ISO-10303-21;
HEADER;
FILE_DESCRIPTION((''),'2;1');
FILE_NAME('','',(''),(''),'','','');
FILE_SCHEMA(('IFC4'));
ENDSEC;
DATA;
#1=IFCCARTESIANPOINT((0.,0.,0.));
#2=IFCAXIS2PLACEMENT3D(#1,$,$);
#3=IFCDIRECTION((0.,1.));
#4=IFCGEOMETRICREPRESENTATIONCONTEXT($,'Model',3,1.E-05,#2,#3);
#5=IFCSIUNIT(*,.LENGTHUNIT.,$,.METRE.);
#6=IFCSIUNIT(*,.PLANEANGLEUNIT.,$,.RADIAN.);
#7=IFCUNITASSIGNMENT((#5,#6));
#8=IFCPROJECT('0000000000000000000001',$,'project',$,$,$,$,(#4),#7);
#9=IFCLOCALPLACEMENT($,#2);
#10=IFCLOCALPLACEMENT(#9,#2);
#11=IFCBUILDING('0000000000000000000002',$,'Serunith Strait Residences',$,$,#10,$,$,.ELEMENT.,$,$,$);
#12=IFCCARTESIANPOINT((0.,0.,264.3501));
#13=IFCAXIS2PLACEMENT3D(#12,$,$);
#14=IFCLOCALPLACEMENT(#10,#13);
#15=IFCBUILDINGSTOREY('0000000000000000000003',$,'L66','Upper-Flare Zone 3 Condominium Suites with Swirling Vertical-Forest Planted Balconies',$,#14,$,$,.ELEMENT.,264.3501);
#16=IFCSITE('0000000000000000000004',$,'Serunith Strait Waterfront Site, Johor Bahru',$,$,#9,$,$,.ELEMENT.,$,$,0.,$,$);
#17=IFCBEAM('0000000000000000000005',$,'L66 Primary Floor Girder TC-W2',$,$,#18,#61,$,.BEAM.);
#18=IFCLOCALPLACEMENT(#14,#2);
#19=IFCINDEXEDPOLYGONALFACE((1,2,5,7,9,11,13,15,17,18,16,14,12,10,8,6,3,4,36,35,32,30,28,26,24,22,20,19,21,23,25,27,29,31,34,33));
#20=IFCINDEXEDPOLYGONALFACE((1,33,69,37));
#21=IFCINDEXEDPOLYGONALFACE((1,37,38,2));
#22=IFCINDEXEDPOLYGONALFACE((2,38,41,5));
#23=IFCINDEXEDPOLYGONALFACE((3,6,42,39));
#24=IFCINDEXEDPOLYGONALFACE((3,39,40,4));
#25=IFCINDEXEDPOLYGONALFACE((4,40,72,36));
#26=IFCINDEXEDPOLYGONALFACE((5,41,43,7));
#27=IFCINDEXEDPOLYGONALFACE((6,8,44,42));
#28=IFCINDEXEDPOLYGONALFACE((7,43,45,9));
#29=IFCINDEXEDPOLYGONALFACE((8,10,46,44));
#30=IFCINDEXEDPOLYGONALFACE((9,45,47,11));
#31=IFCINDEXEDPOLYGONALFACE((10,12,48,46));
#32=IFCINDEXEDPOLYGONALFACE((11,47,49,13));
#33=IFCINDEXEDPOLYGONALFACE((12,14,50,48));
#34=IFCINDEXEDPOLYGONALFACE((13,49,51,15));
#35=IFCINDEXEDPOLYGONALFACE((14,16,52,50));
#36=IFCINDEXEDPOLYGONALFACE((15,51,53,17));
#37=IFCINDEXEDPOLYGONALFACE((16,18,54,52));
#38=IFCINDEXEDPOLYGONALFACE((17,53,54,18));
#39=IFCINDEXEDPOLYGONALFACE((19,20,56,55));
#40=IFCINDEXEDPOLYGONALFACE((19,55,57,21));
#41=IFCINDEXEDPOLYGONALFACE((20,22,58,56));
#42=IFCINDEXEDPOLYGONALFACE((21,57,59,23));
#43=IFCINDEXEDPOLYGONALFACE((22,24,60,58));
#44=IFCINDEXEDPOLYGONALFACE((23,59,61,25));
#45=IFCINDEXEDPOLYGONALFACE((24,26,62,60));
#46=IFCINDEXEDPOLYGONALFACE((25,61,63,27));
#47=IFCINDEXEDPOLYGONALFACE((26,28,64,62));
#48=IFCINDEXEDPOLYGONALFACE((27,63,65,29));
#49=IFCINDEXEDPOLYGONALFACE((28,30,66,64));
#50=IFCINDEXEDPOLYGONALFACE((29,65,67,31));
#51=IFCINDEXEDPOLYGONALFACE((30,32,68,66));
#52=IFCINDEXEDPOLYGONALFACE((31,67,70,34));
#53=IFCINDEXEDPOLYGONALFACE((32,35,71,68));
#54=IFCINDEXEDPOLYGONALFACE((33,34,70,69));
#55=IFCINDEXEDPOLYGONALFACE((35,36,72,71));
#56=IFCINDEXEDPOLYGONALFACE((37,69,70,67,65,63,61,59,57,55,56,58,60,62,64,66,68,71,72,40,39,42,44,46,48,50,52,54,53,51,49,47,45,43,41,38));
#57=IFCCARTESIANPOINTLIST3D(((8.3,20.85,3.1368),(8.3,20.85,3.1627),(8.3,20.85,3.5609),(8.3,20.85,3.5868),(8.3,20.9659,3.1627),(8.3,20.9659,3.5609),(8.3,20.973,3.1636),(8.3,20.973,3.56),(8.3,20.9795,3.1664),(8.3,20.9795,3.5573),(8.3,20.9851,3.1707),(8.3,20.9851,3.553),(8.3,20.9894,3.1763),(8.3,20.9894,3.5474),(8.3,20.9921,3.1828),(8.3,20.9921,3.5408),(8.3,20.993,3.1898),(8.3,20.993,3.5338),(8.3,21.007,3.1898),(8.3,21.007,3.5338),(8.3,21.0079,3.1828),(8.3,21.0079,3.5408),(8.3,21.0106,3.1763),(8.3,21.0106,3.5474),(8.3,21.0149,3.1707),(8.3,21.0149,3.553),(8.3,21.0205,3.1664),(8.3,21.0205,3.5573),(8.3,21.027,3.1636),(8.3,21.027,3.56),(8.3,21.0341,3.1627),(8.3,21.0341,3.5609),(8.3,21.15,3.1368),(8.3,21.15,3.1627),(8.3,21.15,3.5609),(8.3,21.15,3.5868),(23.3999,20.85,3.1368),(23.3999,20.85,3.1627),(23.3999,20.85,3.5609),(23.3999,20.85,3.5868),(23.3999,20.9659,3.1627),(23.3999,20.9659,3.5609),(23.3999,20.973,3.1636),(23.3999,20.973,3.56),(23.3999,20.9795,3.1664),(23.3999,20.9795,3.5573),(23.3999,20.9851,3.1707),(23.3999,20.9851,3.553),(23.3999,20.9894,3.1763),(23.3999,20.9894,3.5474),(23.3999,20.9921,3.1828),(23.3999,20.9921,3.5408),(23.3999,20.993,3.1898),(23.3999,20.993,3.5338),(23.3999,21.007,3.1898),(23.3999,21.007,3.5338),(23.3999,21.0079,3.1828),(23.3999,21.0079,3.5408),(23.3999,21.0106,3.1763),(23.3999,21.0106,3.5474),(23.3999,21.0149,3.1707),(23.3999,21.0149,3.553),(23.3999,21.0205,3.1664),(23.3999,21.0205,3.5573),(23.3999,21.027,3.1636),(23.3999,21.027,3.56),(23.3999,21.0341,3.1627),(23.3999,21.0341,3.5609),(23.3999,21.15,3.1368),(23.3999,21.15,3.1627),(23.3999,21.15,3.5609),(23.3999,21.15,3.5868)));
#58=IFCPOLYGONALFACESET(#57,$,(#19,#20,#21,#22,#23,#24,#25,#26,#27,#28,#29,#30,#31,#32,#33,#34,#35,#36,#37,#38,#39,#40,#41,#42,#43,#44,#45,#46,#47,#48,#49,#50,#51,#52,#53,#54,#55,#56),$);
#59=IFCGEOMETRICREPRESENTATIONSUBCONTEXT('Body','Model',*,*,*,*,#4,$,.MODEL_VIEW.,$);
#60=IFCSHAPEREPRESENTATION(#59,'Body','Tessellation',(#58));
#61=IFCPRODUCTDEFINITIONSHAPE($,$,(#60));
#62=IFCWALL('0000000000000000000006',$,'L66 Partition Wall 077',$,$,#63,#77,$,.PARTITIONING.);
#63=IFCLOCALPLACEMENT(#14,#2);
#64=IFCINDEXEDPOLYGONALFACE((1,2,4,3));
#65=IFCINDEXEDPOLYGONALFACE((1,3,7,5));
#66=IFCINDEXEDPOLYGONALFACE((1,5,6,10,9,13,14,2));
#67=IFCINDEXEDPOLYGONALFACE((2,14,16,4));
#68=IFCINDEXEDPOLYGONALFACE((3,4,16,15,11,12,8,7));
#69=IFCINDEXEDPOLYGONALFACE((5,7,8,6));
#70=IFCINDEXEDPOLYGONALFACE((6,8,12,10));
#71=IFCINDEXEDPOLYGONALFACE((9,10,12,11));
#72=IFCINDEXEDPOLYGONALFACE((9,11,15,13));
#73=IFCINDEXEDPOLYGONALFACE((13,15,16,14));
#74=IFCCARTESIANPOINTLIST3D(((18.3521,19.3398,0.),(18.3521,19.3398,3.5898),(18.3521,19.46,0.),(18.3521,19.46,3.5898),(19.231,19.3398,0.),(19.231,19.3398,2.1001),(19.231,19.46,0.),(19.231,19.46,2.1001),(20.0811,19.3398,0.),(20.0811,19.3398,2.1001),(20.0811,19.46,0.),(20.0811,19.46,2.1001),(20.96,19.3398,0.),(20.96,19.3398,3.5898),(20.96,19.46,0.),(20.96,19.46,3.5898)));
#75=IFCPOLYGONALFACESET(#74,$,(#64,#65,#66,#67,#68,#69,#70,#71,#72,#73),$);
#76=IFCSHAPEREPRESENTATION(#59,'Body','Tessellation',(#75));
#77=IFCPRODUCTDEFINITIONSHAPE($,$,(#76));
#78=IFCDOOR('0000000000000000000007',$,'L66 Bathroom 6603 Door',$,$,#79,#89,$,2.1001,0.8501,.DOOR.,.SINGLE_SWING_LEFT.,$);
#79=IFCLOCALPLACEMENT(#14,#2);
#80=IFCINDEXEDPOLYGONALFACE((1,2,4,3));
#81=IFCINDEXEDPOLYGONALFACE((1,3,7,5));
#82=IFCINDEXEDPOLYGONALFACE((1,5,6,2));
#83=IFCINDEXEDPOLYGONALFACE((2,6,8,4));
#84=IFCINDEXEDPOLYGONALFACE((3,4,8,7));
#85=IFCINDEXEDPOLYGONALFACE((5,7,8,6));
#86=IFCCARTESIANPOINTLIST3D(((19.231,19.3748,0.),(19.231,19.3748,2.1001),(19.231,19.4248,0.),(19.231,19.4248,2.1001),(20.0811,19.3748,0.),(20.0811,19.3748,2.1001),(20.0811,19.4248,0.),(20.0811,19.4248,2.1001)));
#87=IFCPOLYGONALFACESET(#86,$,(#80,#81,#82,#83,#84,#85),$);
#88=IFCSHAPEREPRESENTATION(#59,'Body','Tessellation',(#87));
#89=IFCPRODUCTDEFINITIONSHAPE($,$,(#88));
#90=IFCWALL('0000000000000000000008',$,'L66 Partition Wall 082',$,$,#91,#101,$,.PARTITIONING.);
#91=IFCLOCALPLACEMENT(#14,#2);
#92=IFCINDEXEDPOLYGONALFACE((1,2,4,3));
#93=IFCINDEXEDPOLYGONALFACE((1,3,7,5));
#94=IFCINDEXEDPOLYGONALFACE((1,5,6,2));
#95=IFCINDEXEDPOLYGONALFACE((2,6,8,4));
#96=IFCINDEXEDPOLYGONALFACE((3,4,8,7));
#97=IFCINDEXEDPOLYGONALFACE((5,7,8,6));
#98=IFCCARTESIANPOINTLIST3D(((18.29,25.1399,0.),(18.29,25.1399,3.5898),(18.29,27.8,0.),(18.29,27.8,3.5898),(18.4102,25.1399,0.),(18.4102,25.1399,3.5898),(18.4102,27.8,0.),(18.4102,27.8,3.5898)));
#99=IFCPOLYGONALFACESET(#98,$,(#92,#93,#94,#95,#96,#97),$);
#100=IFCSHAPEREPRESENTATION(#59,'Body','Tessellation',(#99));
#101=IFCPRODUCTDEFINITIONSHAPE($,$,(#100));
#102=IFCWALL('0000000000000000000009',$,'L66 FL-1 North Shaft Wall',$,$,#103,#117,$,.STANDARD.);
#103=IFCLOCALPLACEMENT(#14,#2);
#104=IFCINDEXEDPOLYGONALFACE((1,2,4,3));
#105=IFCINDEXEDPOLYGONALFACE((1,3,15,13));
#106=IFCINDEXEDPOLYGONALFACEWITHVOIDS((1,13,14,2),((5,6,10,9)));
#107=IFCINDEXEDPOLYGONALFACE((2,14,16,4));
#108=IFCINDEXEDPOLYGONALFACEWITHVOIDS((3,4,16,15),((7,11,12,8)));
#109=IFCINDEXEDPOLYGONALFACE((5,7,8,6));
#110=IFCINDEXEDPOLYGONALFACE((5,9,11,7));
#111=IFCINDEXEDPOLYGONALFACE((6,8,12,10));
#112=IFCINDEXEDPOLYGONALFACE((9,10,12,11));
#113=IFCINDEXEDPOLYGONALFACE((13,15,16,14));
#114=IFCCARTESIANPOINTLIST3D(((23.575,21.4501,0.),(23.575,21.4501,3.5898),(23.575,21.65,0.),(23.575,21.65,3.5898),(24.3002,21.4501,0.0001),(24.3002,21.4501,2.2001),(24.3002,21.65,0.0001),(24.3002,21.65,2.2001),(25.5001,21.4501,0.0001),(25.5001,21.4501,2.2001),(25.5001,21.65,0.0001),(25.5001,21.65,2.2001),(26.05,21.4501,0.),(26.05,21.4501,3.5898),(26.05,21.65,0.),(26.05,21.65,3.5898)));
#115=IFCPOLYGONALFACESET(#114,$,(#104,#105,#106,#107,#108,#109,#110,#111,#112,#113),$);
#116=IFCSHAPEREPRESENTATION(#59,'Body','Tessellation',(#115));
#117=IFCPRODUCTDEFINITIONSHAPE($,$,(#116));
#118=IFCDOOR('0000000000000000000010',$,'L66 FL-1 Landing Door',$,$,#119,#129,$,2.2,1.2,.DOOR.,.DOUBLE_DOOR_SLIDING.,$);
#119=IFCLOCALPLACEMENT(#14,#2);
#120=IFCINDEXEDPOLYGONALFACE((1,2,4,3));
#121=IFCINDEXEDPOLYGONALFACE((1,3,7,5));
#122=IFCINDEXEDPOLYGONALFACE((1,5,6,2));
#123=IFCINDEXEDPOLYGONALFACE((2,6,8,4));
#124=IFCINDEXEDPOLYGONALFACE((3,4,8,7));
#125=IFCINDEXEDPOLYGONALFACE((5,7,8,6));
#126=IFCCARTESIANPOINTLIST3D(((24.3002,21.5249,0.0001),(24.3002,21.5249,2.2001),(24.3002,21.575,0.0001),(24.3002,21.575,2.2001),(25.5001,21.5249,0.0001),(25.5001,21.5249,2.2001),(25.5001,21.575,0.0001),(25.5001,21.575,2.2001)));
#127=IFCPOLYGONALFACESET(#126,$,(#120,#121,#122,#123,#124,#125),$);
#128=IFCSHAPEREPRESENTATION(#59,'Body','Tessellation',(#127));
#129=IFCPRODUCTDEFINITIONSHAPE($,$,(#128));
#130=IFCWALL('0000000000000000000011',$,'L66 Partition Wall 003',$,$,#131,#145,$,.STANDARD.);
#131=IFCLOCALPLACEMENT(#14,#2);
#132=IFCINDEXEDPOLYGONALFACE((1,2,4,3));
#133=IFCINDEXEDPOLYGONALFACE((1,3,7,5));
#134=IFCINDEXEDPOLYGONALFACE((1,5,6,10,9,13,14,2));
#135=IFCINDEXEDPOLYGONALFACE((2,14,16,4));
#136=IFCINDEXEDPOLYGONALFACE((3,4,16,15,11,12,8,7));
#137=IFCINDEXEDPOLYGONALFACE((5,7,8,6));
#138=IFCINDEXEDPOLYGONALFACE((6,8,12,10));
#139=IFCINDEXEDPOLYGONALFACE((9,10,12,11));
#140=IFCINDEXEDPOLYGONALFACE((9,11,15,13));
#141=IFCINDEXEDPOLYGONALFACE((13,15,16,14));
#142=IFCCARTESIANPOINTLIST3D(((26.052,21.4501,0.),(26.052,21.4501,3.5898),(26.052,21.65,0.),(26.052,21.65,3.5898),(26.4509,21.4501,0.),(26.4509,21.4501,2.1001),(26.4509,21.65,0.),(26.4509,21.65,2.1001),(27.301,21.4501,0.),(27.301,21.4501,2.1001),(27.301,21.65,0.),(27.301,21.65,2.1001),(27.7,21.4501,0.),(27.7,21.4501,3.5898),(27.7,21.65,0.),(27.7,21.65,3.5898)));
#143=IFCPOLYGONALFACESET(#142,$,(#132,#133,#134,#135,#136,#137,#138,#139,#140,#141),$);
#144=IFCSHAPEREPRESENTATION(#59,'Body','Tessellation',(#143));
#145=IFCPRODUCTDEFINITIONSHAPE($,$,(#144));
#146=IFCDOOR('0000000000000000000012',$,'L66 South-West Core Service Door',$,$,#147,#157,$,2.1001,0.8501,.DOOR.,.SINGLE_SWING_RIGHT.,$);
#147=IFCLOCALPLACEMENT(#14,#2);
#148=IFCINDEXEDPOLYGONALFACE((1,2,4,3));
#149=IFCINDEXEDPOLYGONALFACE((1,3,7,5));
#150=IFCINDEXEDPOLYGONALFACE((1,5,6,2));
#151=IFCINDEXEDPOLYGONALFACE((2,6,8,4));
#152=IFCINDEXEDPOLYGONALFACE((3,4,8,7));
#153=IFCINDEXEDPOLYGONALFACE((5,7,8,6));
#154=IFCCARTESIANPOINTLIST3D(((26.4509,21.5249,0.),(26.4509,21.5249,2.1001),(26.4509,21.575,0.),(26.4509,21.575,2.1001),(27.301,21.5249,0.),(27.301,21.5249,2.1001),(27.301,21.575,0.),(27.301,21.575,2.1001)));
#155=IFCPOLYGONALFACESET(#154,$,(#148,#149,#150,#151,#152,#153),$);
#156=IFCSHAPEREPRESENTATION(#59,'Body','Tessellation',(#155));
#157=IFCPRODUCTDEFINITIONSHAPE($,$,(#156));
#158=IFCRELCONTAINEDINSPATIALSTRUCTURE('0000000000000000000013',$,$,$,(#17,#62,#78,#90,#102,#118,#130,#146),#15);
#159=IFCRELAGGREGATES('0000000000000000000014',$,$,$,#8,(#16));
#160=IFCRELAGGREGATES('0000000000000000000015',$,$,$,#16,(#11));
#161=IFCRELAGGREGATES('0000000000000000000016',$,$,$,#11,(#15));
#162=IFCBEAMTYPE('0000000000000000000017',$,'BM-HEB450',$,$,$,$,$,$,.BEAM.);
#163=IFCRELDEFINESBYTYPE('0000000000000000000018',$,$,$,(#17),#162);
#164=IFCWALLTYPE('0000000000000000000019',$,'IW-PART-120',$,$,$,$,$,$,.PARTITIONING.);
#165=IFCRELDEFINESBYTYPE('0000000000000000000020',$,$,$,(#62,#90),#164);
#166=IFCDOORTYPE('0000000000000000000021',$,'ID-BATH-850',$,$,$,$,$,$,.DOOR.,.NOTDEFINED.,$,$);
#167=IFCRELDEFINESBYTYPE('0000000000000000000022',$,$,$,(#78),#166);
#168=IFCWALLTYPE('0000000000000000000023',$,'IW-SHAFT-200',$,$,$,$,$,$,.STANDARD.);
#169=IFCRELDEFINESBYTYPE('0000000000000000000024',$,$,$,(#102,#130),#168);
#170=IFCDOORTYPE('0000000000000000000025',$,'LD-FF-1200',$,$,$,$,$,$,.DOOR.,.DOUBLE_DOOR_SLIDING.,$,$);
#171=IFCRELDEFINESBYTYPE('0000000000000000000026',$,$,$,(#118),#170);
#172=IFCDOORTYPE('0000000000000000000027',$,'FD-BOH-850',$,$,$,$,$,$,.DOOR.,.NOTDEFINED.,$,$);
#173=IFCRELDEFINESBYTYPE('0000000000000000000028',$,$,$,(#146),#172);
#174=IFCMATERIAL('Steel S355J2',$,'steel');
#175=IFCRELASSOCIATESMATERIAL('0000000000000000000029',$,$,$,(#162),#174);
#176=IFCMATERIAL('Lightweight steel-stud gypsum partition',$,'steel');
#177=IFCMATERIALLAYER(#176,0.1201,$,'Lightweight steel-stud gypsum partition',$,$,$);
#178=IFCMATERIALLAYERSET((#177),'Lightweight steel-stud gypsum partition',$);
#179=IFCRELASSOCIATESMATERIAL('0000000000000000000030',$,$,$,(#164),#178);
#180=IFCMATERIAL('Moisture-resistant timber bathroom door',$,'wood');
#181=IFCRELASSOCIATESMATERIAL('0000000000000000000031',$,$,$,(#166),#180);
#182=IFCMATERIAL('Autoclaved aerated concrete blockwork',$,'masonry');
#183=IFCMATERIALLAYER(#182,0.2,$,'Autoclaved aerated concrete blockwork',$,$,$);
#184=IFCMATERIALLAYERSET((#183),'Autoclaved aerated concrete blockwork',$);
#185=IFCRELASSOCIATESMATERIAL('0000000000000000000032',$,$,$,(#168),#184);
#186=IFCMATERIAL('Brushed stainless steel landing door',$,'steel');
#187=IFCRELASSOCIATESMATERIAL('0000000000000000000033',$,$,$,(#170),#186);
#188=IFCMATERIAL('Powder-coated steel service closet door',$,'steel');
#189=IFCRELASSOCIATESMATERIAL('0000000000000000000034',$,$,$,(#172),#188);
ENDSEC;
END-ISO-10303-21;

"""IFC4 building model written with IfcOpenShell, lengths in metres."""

from ifc_helpers import new_model, si_unit, direction, frame, frame_2d, origin, origin_2d, place, context, subcontext, project, spatial, rectangle, i_section, extrude, source, transform, mapped, material, layer, layer_set, material_profile, profile_set, type_object, element, fill, save


model = new_model("IFC4")

# Units and contexts
model_context = context("Model", 3, precision=1e-05, world=origin(), true_north=direction((0.0, 1.0)))
body_context = subcontext(model_context, "Body", "Model", "MODEL_VIEW")
ifc_project = project(units=[si_unit("LENGTHUNIT", "METRE"), si_unit("PLANEANGLEUNIT", "RADIAN")], contexts=[model_context])

# Site, building, storey
site_placement = place(None, origin())
site = spatial("IfcSite", under=ifc_project, at=site_placement, Name="Serunith Strait Waterfront Site, Johor Bahru", CompositionType="ELEMENT", RefElevation=0.0)
building_placement = place(site_placement, origin())
building = spatial("IfcBuilding", under=site, at=building_placement, Name="Serunith Strait Residences", CompositionType="ELEMENT")
storey_placement = place(building_placement, frame((0.0, 0.0, 264.3501)))
storey = spatial("IfcBuildingStorey", under=building, at=storey_placement, Name="L66", Description="Upper-Flare Zone 3 Condominium Suites with Swirling Vertical-Forest Planted Balconies", CompositionType="ELEMENT", Elevation=264.3501)

# Beam
ifc_material_1 = material(Name="Steel S355J2", Category="steel")
ifc_material_profile = material_profile(ifc_material_1, i_section(OverallWidth=0.3, OverallDepth=0.45, WebThickness=0.0139, FlangeThickness=0.0259, FilletRadius=0.0271, at=origin_2d()), Name="HEB 450")
ifc_profile_set = profile_set([ifc_material_profile], Name="Steel S355J2")
beam_type = type_object("IfcBeamType", Name="BM-HEB450", PredefinedType="BEAM", material=ifc_profile_set)
shared_shape_1 = source(origin(), body_context, "Body", "SweptSolid", [
    extrude(i_section(OverallWidth=0.3, OverallDepth=0.45, WebThickness=0.0139, FlangeThickness=0.0259, FilletRadius=0.0271, at=origin_2d()), origin(), (0.0, 0.0, 1.0), 15.0999),
])
beam_placement = place(storey_placement, frame((23.3999, 21.0, 3.3618), z_axis=(-1.0, 0.0, 0.0), x_axis=(0.0, -1.0, 0.0)))
element("IfcBeam", 1, at=beam_placement, inside=storey, type_object=beam_type, Name="L66 Primary Floor Girder TC-W2", PredefinedType="BEAM", context=body_context, shape_type="MappedRepresentation", body=[
    mapped(shared_shape_1, transform((0.0, 0.0, 0.0), scale=1.0)),
])

# Wall, opening, door
ifc_material_2 = material(Name="Lightweight steel-stud gypsum partition", Category="steel")
ifc_layer_1 = layer(ifc_material_2, 0.1201, Name="Lightweight steel-stud gypsum partition")
ifc_layer_set_1 = layer_set([ifc_layer_1], Name="Lightweight steel-stud gypsum partition")
wall_type_1 = type_object("IfcWallType", Name="IW-PART-120", PredefinedType="PARTITIONING", material=ifc_layer_set_1)
wall_1_placement = place(storey_placement, frame((18.3521, 19.3999, 0.0), z_axis=(0.0, 0.0, 1.0), x_axis=(1.0, 0.0, 0.0)))
wall_1 = element("IfcWall", 2, at=wall_1_placement, inside=storey, type_object=wall_type_1, Name="L66 Partition Wall 077", PredefinedType="PARTITIONING", context=body_context, shape_type="SweptSolid", body=[
    extrude(rectangle(XDim=2.6079, YDim=0.1201, at=frame_2d((1.304, 0.0))), origin(), (0.0, 0.0, 1.0), 3.5898),
])
opening_1_placement = place(wall_1_placement, frame((0.8789, 0.0, 0.0)))
opening_1 = element("IfcOpeningElement", 3, at=opening_1_placement, cuts=wall_1, PredefinedType="OPENING", context=body_context, shape_type="SweptSolid", body=[
    extrude(rectangle(XDim=0.8501, YDim=2.1001, at=frame_2d((0.425, 1.05))), frame((0.0, 0.0701, 0.0), z_axis=(0.0, -1.0, 0.0), x_axis=(1.0, 0.0, 0.0)), (0.0, 0.0, 1.0), 0.1401),
])
ifc_material_3 = material(Name="Moisture-resistant timber bathroom door", Category="wood")
door_type_1 = type_object("IfcDoorType", Name="ID-BATH-850", OperationType="NOTDEFINED", PredefinedType="DOOR", material=ifc_material_3)
shared_shape_2 = source(origin(), body_context, "Body", "SweptSolid", [
    extrude(rectangle(XDim=0.8501, YDim=2.1001, at=frame_2d((0.425, 1.05))), frame((0.0, 0.0249, 0.0), z_axis=(0.0, -1.0, 0.0), x_axis=(1.0, 0.0, 0.0)), (0.0, 0.0, 1.0), 0.05),
])
door_1_placement = place(opening_1_placement, origin())
door_1 = element("IfcDoor", 4, at=door_1_placement, inside=storey, type_object=door_type_1, Name="L66 Bathroom 6603 Door", OperationType="SINGLE_SWING_LEFT", OverallHeight=2.1001, OverallWidth=0.8501, PredefinedType="DOOR", context=body_context, shape_type="MappedRepresentation", body=[
    mapped(shared_shape_2, transform((0.0, 0.0, 0.0), scale=1.0)),
])
fill(opening_1, door_1)

# Wall
wall_2_placement = place(storey_placement, frame((18.3501, 25.1399, 0.0), z_axis=(0.0, 0.0, 1.0), x_axis=(0.0, 1.0, 0.0)))
element("IfcWall", 5, at=wall_2_placement, inside=storey, type_object=wall_type_1, Name="L66 Partition Wall 082", PredefinedType="PARTITIONING", context=body_context, shape_type="SweptSolid", body=[
    extrude(rectangle(XDim=2.6602, YDim=0.1201, at=frame_2d((1.3301, 0.0))), origin(), (0.0, 0.0, 1.0), 3.5898),
])

# Walls, openings, doors
ifc_material_4 = material(Name="Autoclaved aerated concrete blockwork", Category="masonry")
ifc_layer_2 = layer(ifc_material_4, 0.2, Name="Autoclaved aerated concrete blockwork")
ifc_layer_set_2 = layer_set([ifc_layer_2], Name="Autoclaved aerated concrete blockwork")
wall_type_2 = type_object("IfcWallType", Name="IW-SHAFT-200", PredefinedType="STANDARD", material=ifc_layer_set_2)
wall_3_placement = place(storey_placement, frame((23.575, 21.55, 0.0), z_axis=(0.0, 0.0, 1.0), x_axis=(1.0, 0.0, 0.0)))
wall_3 = element("IfcWall", 6, at=wall_3_placement, inside=storey, type_object=wall_type_2, Name="L66 FL-1 North Shaft Wall", PredefinedType="STANDARD", context=body_context, shape_type="SweptSolid", body=[
    extrude(rectangle(XDim=2.4751, YDim=0.2, at=frame_2d((1.2375, 0.0))), origin(), (0.0, 0.0, 1.0), 3.5898),
])
opening_2_placement = place(wall_3_placement, frame((0.7251, 0.0, 0.0)))
opening_2 = element("IfcOpeningElement", 7, at=opening_2_placement, cuts=wall_3, PredefinedType="OPENING", context=body_context, shape_type="SweptSolid", body=[
    extrude(rectangle(XDim=1.2, YDim=2.2, at=frame_2d((0.6001, 1.1001))), frame((0.0, 0.1099, 0.0), z_axis=(0.0, -1.0, 0.0), x_axis=(1.0, 0.0, 0.0)), (0.0, 0.0, 1.0), 0.22),
])
ifc_material_5 = material(Name="Brushed stainless steel landing door", Category="steel")
door_type_2 = type_object("IfcDoorType", Name="LD-FF-1200", OperationType="DOUBLE_DOOR_SLIDING", PredefinedType="DOOR", material=ifc_material_5)
shared_shape_3 = source(origin(), body_context, "Body", "SweptSolid", [
    extrude(rectangle(XDim=1.2, YDim=2.2, at=frame_2d((0.6001, 1.1001))), frame((0.0, 0.0249, 0.0), z_axis=(0.0, -1.0, 0.0), x_axis=(1.0, 0.0, 0.0)), (0.0, 0.0, 1.0), 0.05),
])
door_2_placement = place(opening_2_placement, origin())
door_2 = element("IfcDoor", 8, at=door_2_placement, inside=storey, type_object=door_type_2, Name="L66 FL-1 Landing Door", OperationType="DOUBLE_DOOR_SLIDING", OverallHeight=2.2, OverallWidth=1.2, PredefinedType="DOOR", context=body_context, shape_type="MappedRepresentation", body=[
    mapped(shared_shape_3, transform((0.0, 0.0, 0.0), scale=1.0)),
])
fill(opening_2, door_2)
wall_4_placement = place(storey_placement, frame((26.052, 21.55, 0.0), z_axis=(0.0, 0.0, 1.0), x_axis=(1.0, 0.0, 0.0)))
wall_4 = element("IfcWall", 9, at=wall_4_placement, inside=storey, type_object=wall_type_2, Name="L66 Partition Wall 003", PredefinedType="STANDARD", context=body_context, shape_type="SweptSolid", body=[
    extrude(rectangle(XDim=1.6479, YDim=0.2, at=frame_2d((0.824, 0.0))), origin(), (0.0, 0.0, 1.0), 3.5898),
])
opening_3_placement = place(wall_4_placement, frame((0.3989, 0.0, 0.0)))
opening_3 = element("IfcOpeningElement", 10, at=opening_3_placement, cuts=wall_4, PredefinedType="OPENING", context=body_context, shape_type="SweptSolid", body=[
    extrude(rectangle(XDim=0.8501, YDim=2.1001, at=frame_2d((0.425, 1.05))), frame((0.0, 0.1099, 0.0), z_axis=(0.0, -1.0, 0.0), x_axis=(1.0, 0.0, 0.0)), (0.0, 0.0, 1.0), 0.22),
])
ifc_material_6 = material(Name="Powder-coated steel service closet door", Category="steel")
door_type_3 = type_object("IfcDoorType", Name="FD-BOH-850", OperationType="NOTDEFINED", PredefinedType="DOOR", material=ifc_material_6)
door_3_placement = place(opening_3_placement, origin())
door_3 = element("IfcDoor", 11, at=door_3_placement, inside=storey, type_object=door_type_3, Name="L66 South-West Core Service Door", OperationType="SINGLE_SWING_RIGHT", OverallHeight=2.1001, OverallWidth=0.8501, PredefinedType="DOOR", context=body_context, shape_type="MappedRepresentation", body=[
    mapped(shared_shape_2, transform((0.0, 0.0, 0.0), scale=1.0)),
])
fill(opening_3, door_3)

save(model, "model.ifc")
